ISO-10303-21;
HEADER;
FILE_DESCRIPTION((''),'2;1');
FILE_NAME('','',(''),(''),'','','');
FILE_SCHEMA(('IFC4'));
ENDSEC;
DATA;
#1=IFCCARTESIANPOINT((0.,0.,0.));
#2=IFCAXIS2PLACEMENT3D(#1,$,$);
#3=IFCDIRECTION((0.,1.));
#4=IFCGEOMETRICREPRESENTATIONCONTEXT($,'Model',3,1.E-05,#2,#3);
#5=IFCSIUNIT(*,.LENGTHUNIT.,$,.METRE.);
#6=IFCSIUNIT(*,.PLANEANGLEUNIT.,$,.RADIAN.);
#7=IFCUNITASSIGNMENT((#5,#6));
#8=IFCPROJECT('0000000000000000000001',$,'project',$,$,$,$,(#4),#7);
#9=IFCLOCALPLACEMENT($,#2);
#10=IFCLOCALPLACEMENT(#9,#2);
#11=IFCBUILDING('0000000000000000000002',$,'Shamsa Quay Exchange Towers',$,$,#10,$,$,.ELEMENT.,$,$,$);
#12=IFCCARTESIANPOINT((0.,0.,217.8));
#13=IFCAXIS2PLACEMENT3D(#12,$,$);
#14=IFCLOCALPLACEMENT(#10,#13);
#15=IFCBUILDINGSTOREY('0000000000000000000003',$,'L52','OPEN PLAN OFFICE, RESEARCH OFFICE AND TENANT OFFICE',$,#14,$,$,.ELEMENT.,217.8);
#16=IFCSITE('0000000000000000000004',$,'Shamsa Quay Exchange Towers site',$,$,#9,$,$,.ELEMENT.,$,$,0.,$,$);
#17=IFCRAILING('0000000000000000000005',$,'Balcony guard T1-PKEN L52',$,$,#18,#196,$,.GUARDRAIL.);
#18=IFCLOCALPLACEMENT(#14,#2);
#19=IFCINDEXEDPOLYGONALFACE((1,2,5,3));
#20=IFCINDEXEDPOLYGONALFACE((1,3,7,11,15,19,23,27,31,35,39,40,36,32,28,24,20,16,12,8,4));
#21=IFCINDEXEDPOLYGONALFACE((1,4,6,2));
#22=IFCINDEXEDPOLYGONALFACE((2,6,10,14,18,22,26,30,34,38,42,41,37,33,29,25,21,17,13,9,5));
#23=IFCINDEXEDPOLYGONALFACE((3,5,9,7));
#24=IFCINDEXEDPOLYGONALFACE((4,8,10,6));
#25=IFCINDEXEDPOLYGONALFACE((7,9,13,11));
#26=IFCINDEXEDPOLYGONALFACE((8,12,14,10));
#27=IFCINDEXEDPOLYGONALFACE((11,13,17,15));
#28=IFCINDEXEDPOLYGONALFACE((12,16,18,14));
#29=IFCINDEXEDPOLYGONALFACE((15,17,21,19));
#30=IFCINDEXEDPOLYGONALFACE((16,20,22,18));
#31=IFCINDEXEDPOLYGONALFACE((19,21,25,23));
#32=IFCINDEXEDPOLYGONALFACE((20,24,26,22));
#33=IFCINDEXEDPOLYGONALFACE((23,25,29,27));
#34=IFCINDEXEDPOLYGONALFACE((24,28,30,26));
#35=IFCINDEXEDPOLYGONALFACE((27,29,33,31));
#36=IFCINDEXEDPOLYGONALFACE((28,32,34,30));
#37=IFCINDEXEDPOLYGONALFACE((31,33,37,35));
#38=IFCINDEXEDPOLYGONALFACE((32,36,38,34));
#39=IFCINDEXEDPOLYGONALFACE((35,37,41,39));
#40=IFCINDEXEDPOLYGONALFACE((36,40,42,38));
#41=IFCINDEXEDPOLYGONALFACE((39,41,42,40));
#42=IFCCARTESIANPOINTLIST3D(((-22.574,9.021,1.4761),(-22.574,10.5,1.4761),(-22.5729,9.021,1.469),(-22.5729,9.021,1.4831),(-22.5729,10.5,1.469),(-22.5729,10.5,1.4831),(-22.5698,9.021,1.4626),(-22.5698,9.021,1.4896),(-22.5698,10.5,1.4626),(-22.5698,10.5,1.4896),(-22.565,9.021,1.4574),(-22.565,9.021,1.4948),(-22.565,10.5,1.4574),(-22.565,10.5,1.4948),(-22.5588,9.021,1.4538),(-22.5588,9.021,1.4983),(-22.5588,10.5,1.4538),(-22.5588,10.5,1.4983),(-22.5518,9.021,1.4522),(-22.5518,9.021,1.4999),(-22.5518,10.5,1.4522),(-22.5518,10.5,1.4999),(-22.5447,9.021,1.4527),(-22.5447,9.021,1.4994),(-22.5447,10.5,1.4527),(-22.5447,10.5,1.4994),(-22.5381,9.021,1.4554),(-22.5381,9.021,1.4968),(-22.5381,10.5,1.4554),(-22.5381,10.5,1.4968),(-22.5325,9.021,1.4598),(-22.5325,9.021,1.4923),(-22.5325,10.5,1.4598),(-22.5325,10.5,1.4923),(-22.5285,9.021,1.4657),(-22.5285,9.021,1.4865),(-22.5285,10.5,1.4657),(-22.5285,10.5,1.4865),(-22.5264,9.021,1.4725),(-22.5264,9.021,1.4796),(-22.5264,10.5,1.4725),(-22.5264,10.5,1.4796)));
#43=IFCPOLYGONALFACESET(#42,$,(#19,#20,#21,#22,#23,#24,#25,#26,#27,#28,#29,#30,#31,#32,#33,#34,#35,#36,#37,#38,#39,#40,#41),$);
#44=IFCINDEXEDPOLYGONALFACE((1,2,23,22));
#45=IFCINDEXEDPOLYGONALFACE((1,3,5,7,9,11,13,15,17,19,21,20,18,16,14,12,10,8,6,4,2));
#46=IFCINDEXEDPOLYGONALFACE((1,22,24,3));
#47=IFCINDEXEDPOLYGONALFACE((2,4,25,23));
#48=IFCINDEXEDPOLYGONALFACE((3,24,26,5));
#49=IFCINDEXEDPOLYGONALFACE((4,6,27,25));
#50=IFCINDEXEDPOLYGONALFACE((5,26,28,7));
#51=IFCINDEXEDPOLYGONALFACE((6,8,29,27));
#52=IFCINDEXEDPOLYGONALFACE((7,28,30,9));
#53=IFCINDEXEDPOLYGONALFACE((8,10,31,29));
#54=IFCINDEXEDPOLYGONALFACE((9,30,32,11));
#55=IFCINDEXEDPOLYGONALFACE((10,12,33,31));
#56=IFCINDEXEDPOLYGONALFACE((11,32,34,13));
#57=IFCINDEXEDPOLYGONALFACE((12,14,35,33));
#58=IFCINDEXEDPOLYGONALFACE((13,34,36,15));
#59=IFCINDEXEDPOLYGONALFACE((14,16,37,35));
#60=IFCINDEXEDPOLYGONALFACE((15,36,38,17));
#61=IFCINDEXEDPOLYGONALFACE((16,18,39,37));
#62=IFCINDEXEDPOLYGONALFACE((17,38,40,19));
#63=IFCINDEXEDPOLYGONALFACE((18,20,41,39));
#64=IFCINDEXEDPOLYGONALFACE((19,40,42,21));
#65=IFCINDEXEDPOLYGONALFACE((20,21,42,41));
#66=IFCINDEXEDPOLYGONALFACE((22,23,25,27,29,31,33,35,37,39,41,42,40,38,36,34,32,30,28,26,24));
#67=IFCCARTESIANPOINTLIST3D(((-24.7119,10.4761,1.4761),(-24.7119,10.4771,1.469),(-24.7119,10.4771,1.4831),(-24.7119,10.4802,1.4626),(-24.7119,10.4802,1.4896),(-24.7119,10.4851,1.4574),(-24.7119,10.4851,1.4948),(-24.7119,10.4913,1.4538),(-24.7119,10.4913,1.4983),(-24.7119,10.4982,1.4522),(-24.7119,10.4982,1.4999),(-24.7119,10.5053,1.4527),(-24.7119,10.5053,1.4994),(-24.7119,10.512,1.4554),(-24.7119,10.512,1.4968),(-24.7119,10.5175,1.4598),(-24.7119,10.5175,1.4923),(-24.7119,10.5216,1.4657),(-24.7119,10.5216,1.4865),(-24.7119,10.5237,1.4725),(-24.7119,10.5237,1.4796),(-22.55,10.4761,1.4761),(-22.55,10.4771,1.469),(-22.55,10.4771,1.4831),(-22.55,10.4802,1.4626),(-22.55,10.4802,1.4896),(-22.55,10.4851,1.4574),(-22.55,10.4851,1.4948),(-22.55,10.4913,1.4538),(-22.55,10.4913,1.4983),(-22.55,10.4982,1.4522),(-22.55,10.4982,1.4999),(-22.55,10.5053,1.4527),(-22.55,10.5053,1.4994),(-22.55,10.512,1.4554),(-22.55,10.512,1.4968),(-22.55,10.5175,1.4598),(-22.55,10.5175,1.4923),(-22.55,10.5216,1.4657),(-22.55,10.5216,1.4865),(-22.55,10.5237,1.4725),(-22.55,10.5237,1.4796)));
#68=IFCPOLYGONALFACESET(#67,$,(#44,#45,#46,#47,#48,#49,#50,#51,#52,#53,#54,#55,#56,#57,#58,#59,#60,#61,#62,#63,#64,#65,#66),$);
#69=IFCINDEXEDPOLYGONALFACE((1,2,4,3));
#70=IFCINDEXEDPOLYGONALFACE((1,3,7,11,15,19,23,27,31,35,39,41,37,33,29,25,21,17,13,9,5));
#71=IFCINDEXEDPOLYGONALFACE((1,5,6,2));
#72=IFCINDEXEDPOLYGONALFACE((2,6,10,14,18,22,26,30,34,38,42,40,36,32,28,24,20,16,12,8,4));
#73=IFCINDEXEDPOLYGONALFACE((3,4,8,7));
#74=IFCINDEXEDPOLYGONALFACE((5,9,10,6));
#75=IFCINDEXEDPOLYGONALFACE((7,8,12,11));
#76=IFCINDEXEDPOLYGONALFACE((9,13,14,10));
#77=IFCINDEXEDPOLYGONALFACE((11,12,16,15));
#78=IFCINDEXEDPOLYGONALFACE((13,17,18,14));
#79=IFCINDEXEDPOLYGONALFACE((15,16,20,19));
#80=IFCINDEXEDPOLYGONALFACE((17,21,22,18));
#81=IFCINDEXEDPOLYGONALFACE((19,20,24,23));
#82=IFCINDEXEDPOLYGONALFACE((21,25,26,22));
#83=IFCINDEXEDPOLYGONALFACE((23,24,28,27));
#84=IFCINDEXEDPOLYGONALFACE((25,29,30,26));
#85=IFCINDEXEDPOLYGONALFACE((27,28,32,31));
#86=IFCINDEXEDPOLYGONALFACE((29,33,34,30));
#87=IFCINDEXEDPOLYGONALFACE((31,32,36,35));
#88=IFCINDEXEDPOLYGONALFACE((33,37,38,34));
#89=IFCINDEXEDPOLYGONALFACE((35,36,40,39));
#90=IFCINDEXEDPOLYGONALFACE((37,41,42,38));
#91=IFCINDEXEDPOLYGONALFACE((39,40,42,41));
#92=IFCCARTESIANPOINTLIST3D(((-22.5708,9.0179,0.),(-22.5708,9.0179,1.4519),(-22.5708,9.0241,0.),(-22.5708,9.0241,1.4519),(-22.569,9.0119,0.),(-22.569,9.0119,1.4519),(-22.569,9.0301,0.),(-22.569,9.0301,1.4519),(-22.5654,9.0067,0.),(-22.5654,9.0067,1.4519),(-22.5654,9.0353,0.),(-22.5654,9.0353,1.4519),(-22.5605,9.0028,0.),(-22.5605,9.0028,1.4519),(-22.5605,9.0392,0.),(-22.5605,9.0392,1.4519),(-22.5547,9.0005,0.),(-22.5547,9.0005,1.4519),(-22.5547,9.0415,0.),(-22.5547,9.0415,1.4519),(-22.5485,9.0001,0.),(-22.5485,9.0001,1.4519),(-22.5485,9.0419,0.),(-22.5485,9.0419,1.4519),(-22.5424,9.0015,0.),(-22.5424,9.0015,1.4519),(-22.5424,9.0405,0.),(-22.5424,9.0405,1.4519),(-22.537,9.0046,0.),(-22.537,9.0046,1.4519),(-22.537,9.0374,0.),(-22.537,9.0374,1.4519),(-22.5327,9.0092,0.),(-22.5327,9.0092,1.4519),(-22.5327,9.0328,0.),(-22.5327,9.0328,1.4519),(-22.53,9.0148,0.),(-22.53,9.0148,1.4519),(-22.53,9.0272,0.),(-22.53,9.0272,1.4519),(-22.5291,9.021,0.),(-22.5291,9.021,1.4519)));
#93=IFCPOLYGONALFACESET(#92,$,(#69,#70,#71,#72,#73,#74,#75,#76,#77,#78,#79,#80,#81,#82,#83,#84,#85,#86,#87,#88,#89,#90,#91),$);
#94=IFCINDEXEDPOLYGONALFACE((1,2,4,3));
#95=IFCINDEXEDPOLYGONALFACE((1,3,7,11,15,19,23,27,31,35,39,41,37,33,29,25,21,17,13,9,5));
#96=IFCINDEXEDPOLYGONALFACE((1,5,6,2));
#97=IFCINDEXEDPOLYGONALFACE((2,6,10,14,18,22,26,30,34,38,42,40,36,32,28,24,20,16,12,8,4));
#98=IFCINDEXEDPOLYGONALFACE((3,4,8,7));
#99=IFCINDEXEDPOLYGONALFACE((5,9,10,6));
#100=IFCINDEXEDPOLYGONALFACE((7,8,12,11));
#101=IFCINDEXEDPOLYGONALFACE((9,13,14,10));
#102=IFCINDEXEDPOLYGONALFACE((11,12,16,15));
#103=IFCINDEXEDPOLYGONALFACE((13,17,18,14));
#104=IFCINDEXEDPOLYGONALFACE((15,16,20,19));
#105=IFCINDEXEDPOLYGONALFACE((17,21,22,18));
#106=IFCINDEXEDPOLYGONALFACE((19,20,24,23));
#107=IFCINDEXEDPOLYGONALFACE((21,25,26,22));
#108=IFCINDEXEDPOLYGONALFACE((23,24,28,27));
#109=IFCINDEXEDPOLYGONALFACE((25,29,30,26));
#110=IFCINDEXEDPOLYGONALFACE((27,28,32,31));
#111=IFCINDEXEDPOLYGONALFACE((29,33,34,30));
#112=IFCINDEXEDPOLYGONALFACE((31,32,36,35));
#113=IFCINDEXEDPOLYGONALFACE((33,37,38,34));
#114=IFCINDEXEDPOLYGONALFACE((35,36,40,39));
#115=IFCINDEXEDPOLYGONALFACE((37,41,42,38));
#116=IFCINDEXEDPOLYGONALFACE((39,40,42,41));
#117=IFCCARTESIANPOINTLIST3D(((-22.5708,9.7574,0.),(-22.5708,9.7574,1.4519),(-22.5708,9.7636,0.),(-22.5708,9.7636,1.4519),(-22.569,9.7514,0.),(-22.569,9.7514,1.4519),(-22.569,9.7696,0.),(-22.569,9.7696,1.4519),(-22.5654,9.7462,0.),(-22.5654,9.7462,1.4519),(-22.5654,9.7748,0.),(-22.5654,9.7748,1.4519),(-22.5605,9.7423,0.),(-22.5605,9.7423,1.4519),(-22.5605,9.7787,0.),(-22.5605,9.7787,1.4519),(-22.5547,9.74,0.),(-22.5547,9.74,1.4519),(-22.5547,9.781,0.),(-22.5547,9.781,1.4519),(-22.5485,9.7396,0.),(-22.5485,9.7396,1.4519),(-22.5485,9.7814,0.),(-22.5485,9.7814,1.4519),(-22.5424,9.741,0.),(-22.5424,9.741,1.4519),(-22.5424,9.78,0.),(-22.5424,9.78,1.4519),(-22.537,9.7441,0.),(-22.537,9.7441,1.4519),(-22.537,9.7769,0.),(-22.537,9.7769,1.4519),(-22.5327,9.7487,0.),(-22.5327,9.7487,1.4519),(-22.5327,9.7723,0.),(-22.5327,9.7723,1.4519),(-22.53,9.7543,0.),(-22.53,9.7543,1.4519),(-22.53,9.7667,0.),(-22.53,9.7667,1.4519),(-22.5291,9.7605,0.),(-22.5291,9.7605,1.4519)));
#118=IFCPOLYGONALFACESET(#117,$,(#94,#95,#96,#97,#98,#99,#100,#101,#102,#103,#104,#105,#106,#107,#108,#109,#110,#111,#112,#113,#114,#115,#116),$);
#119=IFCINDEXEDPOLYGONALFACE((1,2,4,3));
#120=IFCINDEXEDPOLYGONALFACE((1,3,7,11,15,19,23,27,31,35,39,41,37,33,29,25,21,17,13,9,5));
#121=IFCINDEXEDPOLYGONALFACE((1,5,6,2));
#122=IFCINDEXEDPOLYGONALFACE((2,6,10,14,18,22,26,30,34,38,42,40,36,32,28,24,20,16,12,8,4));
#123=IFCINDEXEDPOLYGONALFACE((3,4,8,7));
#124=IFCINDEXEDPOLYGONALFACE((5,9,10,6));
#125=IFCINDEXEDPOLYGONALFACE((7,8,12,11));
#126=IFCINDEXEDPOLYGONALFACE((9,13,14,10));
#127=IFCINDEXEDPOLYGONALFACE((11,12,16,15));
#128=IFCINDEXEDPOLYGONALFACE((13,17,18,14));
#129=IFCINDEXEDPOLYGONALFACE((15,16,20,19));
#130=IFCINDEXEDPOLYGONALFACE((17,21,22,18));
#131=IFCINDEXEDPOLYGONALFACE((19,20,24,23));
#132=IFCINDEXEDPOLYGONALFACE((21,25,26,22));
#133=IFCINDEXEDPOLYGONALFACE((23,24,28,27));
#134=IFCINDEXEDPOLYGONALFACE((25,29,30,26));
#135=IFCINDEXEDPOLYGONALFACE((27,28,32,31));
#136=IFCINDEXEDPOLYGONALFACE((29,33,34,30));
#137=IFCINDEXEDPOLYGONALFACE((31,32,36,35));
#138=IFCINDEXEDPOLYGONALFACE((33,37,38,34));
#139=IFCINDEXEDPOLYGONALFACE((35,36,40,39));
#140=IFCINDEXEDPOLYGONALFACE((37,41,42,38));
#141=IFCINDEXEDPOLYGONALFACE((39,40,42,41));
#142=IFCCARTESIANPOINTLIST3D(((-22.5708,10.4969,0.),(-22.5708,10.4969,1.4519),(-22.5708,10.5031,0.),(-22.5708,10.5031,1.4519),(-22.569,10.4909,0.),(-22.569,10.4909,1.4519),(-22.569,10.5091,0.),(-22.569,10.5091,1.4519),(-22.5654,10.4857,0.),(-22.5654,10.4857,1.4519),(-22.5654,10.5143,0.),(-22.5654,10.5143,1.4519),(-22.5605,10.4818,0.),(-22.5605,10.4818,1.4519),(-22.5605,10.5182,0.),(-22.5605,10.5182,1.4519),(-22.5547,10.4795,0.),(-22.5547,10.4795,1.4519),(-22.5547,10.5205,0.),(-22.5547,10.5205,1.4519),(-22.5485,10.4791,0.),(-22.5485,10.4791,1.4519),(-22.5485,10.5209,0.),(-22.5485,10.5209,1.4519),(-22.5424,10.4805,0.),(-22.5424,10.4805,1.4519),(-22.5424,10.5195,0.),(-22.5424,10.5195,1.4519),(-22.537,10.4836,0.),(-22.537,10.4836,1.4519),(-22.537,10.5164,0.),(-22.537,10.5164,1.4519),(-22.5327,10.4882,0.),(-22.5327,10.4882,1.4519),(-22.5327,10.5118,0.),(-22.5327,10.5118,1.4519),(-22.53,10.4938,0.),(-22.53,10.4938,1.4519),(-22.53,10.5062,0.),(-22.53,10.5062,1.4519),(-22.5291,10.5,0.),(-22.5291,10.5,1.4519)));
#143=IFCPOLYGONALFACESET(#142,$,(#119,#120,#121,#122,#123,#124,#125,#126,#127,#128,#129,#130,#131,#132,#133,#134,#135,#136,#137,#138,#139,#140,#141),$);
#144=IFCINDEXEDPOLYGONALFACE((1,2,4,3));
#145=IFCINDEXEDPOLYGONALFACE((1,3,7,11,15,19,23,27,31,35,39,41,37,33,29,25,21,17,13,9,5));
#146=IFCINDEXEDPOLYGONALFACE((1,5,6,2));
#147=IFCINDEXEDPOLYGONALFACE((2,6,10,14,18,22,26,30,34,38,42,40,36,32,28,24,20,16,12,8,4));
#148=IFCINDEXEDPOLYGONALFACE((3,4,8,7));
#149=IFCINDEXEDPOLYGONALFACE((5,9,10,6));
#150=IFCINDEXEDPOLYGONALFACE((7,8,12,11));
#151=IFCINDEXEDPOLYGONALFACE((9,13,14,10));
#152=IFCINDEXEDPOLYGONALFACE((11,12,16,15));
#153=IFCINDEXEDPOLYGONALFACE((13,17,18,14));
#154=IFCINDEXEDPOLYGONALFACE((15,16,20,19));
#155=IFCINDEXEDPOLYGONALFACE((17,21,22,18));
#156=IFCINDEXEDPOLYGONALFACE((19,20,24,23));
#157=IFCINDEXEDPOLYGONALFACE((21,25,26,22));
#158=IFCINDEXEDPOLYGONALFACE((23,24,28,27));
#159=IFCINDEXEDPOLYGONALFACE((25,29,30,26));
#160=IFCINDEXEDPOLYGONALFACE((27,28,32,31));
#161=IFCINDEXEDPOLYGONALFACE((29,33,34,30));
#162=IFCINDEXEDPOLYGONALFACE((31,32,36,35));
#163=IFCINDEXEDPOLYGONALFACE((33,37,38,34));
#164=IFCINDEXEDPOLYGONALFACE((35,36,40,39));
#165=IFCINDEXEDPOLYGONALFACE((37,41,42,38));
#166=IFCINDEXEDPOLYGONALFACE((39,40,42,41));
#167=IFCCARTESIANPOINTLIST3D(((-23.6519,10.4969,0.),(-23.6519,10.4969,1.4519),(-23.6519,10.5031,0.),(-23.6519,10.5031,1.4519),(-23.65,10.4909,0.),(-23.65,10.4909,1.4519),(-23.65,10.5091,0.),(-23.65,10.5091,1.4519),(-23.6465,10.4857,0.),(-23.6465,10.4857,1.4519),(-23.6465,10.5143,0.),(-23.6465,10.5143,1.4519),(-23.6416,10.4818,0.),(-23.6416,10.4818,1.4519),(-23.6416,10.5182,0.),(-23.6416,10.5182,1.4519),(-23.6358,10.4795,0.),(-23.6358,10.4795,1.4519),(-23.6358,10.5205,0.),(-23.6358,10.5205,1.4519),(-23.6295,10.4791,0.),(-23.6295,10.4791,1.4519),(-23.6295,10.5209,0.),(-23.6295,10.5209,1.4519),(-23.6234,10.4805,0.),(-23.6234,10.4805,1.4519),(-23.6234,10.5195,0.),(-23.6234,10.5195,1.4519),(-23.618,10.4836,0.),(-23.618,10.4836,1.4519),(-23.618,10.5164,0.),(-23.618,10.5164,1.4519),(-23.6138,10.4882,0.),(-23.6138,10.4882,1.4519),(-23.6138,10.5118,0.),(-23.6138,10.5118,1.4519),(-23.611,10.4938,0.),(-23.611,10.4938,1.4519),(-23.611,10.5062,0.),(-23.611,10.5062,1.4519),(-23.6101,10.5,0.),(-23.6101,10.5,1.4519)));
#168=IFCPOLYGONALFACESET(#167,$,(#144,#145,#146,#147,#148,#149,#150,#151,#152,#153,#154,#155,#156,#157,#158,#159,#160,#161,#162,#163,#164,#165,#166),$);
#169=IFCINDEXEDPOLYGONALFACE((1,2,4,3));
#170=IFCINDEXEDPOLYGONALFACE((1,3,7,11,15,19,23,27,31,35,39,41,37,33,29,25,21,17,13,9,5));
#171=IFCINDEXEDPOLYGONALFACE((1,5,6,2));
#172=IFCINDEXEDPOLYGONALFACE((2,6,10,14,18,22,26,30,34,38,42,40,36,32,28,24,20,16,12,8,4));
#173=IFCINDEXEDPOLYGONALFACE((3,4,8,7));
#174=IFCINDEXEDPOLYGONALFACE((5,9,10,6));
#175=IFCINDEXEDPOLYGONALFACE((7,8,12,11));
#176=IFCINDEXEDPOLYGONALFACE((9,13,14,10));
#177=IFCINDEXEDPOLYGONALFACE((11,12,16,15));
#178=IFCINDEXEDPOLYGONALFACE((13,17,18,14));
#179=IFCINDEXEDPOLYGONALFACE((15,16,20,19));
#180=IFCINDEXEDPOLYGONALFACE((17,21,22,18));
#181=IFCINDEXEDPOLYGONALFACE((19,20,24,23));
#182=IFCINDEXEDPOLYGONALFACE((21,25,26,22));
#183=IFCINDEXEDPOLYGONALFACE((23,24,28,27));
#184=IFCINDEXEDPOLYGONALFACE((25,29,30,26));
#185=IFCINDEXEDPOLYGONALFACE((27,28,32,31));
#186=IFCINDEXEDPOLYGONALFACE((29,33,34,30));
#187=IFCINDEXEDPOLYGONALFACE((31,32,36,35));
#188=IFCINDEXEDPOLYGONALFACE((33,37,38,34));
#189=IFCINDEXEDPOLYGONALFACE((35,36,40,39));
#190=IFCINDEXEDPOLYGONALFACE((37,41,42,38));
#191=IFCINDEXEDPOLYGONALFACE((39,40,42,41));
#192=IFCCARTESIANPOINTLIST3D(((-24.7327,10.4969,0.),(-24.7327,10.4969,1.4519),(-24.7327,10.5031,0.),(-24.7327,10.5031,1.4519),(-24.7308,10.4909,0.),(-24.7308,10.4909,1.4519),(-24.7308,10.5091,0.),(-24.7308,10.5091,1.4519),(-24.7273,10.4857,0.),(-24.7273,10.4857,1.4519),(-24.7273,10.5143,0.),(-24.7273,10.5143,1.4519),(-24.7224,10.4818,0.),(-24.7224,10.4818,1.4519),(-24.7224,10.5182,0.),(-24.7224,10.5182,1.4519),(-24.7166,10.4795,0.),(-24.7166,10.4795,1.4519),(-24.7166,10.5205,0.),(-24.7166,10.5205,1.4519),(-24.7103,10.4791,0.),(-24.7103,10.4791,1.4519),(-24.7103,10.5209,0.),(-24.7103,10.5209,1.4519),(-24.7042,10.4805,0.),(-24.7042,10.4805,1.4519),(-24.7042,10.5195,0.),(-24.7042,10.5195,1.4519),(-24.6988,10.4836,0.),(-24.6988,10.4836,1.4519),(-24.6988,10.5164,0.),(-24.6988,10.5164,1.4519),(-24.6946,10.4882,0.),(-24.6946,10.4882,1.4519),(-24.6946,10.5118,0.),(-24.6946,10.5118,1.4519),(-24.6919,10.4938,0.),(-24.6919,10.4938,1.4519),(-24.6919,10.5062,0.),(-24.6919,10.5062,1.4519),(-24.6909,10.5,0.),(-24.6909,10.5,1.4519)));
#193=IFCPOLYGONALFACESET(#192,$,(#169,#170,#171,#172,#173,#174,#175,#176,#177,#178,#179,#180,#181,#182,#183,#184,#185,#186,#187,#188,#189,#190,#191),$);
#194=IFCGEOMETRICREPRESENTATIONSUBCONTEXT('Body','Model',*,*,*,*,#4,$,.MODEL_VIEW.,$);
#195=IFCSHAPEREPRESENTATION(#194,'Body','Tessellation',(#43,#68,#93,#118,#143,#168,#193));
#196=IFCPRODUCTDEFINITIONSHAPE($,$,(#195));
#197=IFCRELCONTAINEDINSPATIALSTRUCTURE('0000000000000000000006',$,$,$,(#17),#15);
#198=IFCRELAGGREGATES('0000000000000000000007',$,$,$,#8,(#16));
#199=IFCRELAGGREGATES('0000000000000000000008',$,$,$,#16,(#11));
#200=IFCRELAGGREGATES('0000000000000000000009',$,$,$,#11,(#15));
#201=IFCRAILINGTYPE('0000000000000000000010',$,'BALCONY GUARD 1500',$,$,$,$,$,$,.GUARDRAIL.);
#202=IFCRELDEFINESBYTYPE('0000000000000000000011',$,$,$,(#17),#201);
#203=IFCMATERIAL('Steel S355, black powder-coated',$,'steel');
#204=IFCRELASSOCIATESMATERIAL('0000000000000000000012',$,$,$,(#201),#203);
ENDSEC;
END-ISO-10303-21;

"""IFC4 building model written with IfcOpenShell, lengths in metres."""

from ifc_helpers import new_model, si_unit, direction, frame, origin, origin_2d, place, context, subcontext, project, spatial, circle, extrude, material, type_object, element, save


model = new_model("IFC4")

# Units and contexts
model_context = context("Model", 3, precision=1e-05, world=origin(), true_north=direction((0.0, 1.0)))
body_context = subcontext(model_context, "Body", "Model", "MODEL_VIEW")
ifc_project = project(units=[si_unit("LENGTHUNIT", "METRE"), si_unit("PLANEANGLEUNIT", "RADIAN")], contexts=[model_context])

# Site, building, storey
site_placement = place(None, origin())
site = spatial("IfcSite", under=ifc_project, at=site_placement, Name="Shamsa Quay Exchange Towers site", CompositionType="ELEMENT", RefElevation=0.0)
building_placement = place(site_placement, origin())
building = spatial("IfcBuilding", under=site, at=building_placement, Name="Shamsa Quay Exchange Towers", CompositionType="ELEMENT")
storey_placement = place(building_placement, frame((0.0, 0.0, 217.8)))
storey = spatial("IfcBuildingStorey", under=building, at=storey_placement, Name="L52", Description="OPEN PLAN OFFICE, RESEARCH OFFICE AND TENANT OFFICE", CompositionType="ELEMENT", Elevation=217.8)

# Railing
ifc_material_1 = material(Name="Steel S355, black powder-coated", Category="steel")
railing_type_1 = type_object("IfcRailingType", Name="BALCONY GUARD 1500", PredefinedType="GUARDRAIL", material=ifc_material_1)
for number, where, name in (
    (1, (-22.55, 9.021, 0.0), "Balcony guard T1-PKEN L52"),
):
    element("IfcRailing", number, at=place(storey_placement, frame(where)), inside=storey, type_object=railing_type_1, Name=name, PredefinedType="GUARDRAIL", context=body_context, shape_type="SweptSolid", body=[
        extrude(circle(Radius=0.0239, at=origin_2d()), frame((0.0, 0.0, 1.4761), z_axis=(0.0, 1.0, 0.0), x_axis=(-1.0, 0.0, 0.0)), (0.0, 0.0, 1.0), 1.479),
        extrude(circle(Radius=0.0239, at=origin_2d()), frame((0.0, 1.479, 1.4761), z_axis=(-1.0, 0.0, 0.0), x_axis=(0.0, -1.0, 0.0)), (0.0, 0.0, 1.0), 2.1619),
        extrude(circle(Radius=0.021, at=origin_2d()), origin(), (0.0, 0.0, 1.0), 1.4519),
        extrude(circle(Radius=0.021, at=origin_2d()), frame((0.0, 0.7395, 0.0)), (0.0, 0.0, 1.0), 1.4519),
        extrude(circle(Radius=0.021, at=origin_2d()), frame((0.0, 1.479, 0.0)), (0.0, 0.0, 1.0), 1.4519),
        extrude(circle(Radius=0.021, at=origin_2d()), frame((-1.0811, 1.479, 0.0)), (0.0, 0.0, 1.0), 1.4519),
        extrude(circle(Radius=0.021, at=origin_2d()), frame((-2.1619, 1.479, 0.0)), (0.0, 0.0, 1.0), 1.4519),
    ])

save(model, "model.ifc")
